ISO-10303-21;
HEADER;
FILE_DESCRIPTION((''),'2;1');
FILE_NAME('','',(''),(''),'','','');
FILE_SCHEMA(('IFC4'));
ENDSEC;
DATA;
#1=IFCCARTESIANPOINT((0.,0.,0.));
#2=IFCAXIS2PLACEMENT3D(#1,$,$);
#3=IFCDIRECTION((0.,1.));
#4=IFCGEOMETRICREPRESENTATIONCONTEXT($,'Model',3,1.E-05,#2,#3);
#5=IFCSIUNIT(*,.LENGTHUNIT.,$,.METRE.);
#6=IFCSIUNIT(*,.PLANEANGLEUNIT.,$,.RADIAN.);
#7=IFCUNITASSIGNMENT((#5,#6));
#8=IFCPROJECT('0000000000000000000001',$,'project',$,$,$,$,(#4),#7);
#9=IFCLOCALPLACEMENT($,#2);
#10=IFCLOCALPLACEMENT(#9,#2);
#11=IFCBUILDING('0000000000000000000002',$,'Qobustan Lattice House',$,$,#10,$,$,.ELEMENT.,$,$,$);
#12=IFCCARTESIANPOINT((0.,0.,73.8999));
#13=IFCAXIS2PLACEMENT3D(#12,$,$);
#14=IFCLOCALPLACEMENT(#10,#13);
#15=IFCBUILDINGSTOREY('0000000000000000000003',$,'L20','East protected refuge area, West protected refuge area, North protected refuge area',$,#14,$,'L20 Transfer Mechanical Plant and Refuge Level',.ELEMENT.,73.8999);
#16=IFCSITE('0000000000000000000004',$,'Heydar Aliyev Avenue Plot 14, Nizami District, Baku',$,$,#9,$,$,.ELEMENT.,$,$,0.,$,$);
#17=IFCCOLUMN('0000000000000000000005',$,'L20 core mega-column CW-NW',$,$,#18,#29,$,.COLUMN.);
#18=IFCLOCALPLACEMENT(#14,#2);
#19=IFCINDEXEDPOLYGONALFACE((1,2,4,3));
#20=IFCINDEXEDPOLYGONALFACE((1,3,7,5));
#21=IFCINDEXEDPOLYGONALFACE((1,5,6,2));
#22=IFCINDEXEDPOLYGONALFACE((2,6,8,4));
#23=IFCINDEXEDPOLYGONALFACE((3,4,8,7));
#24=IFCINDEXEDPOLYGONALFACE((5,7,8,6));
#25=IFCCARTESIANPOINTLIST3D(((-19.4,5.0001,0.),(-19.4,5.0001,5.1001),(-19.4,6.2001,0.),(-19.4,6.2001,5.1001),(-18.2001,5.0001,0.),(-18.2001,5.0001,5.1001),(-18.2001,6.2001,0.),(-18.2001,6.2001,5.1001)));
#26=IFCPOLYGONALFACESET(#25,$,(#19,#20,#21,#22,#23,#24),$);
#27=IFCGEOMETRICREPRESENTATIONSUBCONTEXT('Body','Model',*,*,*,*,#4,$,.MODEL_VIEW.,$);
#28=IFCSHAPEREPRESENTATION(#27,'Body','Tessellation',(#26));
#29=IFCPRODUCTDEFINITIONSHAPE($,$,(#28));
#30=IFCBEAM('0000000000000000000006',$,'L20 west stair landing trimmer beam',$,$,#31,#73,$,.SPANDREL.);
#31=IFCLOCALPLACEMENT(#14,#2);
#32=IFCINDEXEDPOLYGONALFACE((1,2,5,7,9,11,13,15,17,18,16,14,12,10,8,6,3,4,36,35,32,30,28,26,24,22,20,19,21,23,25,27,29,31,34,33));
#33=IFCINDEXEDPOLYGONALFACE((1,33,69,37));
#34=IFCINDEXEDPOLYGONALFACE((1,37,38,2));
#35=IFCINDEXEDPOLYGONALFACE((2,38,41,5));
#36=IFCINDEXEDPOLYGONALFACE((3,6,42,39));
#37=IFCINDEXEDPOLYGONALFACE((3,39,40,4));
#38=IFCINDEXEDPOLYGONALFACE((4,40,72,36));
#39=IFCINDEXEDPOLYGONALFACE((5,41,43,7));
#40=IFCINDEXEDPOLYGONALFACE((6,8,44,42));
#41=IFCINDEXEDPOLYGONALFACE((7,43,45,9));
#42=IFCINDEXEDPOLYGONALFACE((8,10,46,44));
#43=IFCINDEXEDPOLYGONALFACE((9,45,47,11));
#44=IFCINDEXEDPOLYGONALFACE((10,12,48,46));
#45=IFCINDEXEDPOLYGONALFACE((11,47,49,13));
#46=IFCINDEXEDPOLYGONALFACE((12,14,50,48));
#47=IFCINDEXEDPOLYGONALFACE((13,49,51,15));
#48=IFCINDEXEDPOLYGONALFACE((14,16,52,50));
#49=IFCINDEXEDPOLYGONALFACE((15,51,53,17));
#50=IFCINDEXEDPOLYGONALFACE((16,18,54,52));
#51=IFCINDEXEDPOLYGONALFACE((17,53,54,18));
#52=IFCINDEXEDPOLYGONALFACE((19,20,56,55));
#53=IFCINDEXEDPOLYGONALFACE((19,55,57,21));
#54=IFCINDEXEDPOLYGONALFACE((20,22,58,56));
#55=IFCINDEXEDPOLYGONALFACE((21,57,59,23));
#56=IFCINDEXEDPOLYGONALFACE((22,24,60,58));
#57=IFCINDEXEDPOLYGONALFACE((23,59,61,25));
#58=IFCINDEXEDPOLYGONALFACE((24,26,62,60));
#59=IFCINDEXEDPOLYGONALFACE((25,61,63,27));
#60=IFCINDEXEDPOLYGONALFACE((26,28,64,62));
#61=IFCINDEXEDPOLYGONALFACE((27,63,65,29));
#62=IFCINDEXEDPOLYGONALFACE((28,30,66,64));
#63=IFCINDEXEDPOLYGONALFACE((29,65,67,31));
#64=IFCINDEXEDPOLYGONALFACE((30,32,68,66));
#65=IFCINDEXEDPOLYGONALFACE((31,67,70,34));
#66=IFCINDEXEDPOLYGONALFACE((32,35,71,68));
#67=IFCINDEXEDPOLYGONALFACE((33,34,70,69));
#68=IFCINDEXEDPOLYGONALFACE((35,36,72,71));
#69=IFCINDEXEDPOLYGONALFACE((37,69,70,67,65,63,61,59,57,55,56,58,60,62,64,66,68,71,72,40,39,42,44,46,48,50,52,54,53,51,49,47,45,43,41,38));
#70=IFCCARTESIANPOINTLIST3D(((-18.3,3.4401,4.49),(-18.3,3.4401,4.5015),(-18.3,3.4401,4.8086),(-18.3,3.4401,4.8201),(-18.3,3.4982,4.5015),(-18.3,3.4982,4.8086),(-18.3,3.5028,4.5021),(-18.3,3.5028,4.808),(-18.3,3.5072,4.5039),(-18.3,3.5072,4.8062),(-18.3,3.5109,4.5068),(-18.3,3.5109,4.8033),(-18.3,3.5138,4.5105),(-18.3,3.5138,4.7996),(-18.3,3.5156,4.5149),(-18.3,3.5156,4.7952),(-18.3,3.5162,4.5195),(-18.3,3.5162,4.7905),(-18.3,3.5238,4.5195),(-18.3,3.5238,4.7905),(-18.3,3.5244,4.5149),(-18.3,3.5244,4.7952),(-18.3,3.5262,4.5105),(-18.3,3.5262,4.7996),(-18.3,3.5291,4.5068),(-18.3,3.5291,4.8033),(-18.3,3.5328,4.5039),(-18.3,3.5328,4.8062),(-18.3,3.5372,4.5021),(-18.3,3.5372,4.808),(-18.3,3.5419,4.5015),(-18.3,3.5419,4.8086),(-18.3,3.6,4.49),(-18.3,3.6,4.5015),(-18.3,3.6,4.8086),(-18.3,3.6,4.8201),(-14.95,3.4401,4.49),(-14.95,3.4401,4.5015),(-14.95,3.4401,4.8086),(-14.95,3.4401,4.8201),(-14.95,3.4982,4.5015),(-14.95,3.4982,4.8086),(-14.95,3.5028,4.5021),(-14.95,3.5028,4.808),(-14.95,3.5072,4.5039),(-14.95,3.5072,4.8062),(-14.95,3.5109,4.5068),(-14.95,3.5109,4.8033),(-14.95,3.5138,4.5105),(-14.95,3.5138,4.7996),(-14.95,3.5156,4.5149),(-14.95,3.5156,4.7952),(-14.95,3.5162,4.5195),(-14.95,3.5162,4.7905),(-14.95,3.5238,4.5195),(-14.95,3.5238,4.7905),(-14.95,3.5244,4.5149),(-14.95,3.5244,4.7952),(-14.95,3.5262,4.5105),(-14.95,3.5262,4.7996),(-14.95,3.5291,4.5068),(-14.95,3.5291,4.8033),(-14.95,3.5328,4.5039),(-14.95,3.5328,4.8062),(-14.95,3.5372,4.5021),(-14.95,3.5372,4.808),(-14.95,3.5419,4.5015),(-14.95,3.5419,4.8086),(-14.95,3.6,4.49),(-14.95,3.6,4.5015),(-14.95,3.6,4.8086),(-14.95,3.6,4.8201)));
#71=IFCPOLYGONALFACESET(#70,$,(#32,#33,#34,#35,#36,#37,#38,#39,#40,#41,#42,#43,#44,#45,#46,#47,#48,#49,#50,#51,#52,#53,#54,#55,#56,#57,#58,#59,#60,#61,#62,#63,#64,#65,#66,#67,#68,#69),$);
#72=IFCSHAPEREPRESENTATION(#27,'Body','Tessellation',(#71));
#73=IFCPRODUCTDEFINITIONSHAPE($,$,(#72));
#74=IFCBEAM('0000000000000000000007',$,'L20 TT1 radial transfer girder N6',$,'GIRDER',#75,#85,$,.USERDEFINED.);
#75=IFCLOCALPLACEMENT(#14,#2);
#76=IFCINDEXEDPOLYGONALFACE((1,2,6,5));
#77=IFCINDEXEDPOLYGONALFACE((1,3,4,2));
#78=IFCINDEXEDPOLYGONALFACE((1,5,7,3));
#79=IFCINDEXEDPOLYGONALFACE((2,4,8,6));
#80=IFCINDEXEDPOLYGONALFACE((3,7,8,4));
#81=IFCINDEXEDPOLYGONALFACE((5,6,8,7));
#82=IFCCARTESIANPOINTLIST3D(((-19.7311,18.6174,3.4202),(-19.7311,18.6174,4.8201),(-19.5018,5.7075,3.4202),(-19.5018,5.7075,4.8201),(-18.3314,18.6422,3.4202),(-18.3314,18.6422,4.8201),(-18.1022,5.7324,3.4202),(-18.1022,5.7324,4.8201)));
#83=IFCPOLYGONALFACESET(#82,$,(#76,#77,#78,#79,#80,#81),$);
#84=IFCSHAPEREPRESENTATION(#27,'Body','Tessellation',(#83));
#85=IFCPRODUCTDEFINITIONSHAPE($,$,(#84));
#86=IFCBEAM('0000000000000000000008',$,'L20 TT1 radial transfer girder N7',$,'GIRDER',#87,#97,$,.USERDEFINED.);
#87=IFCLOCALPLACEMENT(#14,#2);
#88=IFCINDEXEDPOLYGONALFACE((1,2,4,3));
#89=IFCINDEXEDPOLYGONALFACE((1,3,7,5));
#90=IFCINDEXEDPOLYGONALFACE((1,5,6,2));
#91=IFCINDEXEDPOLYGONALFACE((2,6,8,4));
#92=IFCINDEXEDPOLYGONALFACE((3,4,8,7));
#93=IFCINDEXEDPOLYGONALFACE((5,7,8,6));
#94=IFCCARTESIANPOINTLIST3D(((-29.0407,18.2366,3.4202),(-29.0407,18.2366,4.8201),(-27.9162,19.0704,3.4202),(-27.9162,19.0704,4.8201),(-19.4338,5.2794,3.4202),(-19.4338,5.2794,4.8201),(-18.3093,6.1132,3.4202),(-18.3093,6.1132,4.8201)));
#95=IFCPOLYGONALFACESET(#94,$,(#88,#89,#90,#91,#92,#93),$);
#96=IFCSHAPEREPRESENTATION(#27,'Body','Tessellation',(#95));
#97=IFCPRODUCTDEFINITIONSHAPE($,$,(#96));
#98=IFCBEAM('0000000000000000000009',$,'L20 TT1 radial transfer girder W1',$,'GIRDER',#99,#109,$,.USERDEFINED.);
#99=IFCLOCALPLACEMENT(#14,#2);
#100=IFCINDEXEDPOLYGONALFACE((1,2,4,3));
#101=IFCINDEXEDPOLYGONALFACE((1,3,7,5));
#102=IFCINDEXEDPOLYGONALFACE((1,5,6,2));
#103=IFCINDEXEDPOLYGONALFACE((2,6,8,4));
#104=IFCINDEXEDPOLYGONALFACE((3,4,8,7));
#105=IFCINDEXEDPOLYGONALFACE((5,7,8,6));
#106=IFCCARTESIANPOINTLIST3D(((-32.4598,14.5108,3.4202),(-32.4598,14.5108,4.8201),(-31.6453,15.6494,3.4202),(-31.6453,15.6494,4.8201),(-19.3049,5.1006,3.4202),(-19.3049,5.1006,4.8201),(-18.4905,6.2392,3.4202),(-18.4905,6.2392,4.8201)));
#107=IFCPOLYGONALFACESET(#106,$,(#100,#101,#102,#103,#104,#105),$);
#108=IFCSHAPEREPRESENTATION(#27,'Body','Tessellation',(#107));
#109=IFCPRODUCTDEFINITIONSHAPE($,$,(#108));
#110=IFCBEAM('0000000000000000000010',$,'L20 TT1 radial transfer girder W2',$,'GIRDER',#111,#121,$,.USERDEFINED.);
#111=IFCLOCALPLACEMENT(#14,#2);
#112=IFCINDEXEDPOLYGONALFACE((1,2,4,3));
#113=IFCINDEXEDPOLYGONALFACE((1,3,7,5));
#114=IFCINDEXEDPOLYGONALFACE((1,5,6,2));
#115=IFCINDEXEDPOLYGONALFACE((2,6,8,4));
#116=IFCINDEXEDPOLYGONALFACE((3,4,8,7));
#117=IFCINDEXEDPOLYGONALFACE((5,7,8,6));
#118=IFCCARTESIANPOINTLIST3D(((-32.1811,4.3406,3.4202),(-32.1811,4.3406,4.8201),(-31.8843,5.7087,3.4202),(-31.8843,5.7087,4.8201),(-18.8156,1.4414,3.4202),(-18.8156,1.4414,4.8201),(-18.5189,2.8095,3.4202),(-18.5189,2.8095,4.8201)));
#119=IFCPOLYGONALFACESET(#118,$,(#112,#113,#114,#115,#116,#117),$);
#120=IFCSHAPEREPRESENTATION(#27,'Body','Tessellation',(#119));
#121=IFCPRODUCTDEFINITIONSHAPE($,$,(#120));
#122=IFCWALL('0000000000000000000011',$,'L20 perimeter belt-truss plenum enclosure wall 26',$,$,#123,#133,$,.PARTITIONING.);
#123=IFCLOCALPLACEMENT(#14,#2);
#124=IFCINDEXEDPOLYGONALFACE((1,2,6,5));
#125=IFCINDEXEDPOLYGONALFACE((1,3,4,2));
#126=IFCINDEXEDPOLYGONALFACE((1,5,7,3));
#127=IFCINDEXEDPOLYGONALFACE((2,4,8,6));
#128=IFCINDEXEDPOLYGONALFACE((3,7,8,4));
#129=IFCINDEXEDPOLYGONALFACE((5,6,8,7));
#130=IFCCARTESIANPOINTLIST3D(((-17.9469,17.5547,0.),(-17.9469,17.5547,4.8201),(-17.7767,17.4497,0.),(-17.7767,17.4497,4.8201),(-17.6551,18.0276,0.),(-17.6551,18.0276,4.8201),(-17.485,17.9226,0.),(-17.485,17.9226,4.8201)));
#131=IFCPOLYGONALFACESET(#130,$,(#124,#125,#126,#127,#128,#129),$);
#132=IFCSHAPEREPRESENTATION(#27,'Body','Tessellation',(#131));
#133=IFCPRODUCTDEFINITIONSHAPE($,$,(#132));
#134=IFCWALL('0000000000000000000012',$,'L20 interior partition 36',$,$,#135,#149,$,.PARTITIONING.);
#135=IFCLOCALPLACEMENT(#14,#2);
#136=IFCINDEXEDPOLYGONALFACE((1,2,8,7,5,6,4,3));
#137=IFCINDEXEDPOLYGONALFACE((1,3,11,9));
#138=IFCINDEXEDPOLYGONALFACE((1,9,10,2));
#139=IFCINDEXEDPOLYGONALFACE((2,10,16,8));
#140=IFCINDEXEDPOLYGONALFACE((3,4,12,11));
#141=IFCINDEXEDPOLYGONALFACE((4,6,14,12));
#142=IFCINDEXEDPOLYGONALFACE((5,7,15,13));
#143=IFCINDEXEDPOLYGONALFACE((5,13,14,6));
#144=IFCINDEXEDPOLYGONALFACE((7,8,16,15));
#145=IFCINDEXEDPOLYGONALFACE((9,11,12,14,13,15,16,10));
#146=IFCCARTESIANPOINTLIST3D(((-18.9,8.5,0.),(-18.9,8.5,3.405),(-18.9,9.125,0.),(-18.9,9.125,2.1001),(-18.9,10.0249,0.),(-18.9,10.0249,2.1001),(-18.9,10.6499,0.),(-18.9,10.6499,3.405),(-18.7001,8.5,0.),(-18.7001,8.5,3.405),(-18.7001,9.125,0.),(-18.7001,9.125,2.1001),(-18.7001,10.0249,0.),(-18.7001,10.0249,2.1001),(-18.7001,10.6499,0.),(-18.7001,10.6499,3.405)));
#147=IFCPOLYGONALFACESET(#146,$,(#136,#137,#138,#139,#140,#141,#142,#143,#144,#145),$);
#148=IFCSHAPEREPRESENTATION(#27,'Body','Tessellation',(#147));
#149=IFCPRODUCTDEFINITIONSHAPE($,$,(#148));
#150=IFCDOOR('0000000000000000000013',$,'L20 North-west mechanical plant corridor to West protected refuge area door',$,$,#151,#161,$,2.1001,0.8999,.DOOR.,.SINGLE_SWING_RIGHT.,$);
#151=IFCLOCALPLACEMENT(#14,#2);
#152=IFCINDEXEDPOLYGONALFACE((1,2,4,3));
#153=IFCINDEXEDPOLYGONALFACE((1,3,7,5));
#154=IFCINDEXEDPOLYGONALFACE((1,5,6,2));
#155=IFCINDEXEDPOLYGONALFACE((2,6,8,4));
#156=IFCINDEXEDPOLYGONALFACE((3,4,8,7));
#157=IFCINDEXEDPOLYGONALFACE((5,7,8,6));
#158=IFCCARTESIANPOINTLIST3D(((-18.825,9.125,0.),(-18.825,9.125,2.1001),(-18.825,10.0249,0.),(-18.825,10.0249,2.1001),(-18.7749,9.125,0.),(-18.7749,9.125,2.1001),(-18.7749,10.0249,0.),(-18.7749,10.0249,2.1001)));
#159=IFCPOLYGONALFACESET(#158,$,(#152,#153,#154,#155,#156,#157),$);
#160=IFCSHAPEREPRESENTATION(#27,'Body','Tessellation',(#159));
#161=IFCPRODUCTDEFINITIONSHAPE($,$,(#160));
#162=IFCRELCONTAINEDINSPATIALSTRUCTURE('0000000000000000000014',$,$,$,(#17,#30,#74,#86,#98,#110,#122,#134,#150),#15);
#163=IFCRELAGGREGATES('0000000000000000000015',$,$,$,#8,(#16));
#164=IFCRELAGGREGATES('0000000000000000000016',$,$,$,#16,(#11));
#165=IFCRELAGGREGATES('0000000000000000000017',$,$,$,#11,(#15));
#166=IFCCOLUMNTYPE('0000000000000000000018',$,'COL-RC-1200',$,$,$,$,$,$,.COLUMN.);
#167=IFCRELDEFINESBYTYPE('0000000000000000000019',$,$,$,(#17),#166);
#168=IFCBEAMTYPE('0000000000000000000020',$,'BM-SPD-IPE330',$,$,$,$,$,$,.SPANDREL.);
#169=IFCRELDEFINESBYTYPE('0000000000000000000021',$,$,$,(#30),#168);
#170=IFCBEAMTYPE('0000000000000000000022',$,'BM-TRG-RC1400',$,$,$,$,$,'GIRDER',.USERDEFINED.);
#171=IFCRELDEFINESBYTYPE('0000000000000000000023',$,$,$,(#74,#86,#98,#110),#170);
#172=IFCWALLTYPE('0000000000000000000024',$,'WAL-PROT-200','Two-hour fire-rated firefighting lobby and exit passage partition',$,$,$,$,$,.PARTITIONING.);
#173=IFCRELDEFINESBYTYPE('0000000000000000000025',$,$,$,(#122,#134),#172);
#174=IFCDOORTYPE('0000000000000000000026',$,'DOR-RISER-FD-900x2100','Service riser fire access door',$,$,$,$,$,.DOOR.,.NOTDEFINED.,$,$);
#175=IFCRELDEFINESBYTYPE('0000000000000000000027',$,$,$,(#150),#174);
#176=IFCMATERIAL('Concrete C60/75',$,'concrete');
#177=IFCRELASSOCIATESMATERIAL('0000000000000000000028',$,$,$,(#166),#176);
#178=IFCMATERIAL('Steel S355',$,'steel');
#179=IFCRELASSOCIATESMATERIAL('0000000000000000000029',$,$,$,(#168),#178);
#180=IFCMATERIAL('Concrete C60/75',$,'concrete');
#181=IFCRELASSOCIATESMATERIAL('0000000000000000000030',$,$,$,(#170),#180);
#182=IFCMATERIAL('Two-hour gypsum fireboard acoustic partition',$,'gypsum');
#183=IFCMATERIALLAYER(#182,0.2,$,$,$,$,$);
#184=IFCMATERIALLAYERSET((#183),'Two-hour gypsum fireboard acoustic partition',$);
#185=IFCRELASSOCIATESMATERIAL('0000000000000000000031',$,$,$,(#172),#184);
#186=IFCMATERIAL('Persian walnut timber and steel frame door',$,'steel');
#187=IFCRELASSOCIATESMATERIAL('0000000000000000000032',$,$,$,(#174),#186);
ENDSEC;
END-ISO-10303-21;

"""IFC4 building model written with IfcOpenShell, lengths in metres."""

from ifc_helpers import new_model, si_unit, direction, frame, frame_2d, origin, origin_2d, place, context, subcontext, project, spatial, rectangle, i_section, extrude, material, layer, layer_set, material_profile, profile_set, type_object, element, fill, save


model = new_model("IFC4")

# Units and contexts
model_context = context("Model", 3, precision=1e-05, world=origin(), true_north=direction((0.0, 1.0)))
body_context = subcontext(model_context, "Body", "Model", "MODEL_VIEW")
ifc_project = project(units=[si_unit("LENGTHUNIT", "METRE"), si_unit("PLANEANGLEUNIT", "RADIAN")], contexts=[model_context])

# Site, building, storey
site_placement = place(None, origin())
site = spatial("IfcSite", under=ifc_project, at=site_placement, Name="Heydar Aliyev Avenue Plot 14, Nizami District, Baku", CompositionType="ELEMENT", RefElevation=0.0)
building_placement = place(site_placement, origin())
building = spatial("IfcBuilding", under=site, at=building_placement, Name="Qobustan Lattice House", CompositionType="ELEMENT")
storey_placement = place(building_placement, frame((0.0, 0.0, 73.8999)))
storey = spatial("IfcBuildingStorey", under=building, at=storey_placement, Name="L20", Description="East protected refuge area, West protected refuge area, North protected refuge area", LongName="L20 Transfer Mechanical Plant and Refuge Level", CompositionType="ELEMENT", Elevation=73.8999)

# Column
ifc_material_1 = material(Name="Concrete C60/75", Category="concrete")
ifc_material_profile_1 = material_profile(ifc_material_1, rectangle(XDim=1.2, YDim=1.2, at=origin_2d()), Name="RC1200x1200")
ifc_profile_set_1 = profile_set([ifc_material_profile_1], Name="Concrete C60/75")
column_type = type_object("IfcColumnType", Name="COL-RC-1200", PredefinedType="COLUMN", material=ifc_profile_set_1)
column_placement = place(storey_placement, frame((-18.8, 5.6001, 0.0), z_axis=(0.0, 0.0, 1.0), x_axis=(1.0, 0.0, 0.0)))
element("IfcColumn", 1, at=column_placement, inside=storey, type_object=column_type, Name="L20 core mega-column CW-NW", PredefinedType="COLUMN", context=body_context, shape_type="SweptSolid", body=[
    extrude(rectangle(XDim=1.2, YDim=1.2, at=origin_2d()), origin(), (0.0, 0.0, 1.0), 5.1001),
])

# Beams
ifc_material_2 = material(Name="Steel S355", Category="steel")
ifc_material_profile_2 = material_profile(ifc_material_2, i_section(OverallWidth=0.1599, OverallDepth=0.3301, WebThickness=0.0076, FlangeThickness=0.0115, FilletRadius=0.0181, at=origin_2d()), Name="IPE330")
ifc_profile_set_2 = profile_set([ifc_material_profile_2], Name="Steel S355")
beam_type_1 = type_object("IfcBeamType", Name="BM-SPD-IPE330", PredefinedType="SPANDREL", material=ifc_profile_set_2)
beam_1_placement = place(storey_placement, frame((-18.3, 3.52, 4.655), z_axis=(1.0, 0.0, 0.0), x_axis=(0.0, 1.0, 0.0)))
element("IfcBeam", 2, at=beam_1_placement, inside=storey, type_object=beam_type_1, Name="L20 west stair landing trimmer beam", PredefinedType="SPANDREL", context=body_context, shape_type="SweptSolid", body=[
    extrude(i_section(OverallWidth=0.1599, OverallDepth=0.3301, WebThickness=0.0076, FlangeThickness=0.0115, FilletRadius=0.0181, at=origin_2d()), origin(), (0.0, 0.0, 1.0), 3.3501),
])
ifc_material_3 = material(Name="Concrete C60/75", Category="concrete")
ifc_material_profile_3 = material_profile(ifc_material_3, rectangle(XDim=1.3999, YDim=1.3999, at=origin_2d()), Name="RC1400x1400")
ifc_profile_set_3 = profile_set([ifc_material_profile_3], Name="Concrete C60/75")
beam_type_2 = type_object("IfcBeamType", Name="BM-TRG-RC1400", ElementType="GIRDER", PredefinedType="USERDEFINED", material=ifc_profile_set_3)
beam_2_placement = place(storey_placement, frame((-18.802, 5.72, 4.1201), z_axis=(-0.017755, 0.999842, 0.0), x_axis=(-0.999842, -0.017755, 0.0)))
element("IfcBeam", 3, at=beam_2_placement, inside=storey, type_object=beam_type_2, Name="L20 TT1 radial transfer girder N6", ObjectType="GIRDER", PredefinedType="USERDEFINED", context=body_context, shape_type="SweptSolid", body=[
    extrude(rectangle(XDim=1.3999, YDim=1.3999, at=origin_2d()), origin(), (0.0, 0.0, 1.0), 12.9119),
])
beam_3_placement = place(storey_placement, frame((-18.8716, 5.6963, 4.1201), z_axis=(-0.595586, 0.803292, 0.0), x_axis=(-0.803292, -0.595586, 0.0)))
element("IfcBeam", 4, at=beam_3_placement, inside=storey, type_object=beam_type_2, Name="L20 TT1 radial transfer girder N7", ObjectType="GIRDER", PredefinedType="USERDEFINED", context=body_context, shape_type="SweptSolid", body=[
    extrude(rectangle(XDim=1.3999, YDim=1.3999, at=origin_2d()), origin(), (0.0, 0.0, 1.0), 16.1301),
])
beam_4_placement = place(storey_placement, frame((-18.8977, 5.6699, 4.1201), z_axis=(-0.813327, 0.581806, 0.0), x_axis=(-0.581806, -0.813327, 0.0)))
element("IfcBeam", 5, at=beam_4_placement, inside=storey, type_object=beam_type_2, Name="L20 TT1 radial transfer girder W1", ObjectType="GIRDER", PredefinedType="USERDEFINED", context=body_context, shape_type="SweptSolid", body=[
    extrude(rectangle(XDim=1.3999, YDim=1.3999, at=origin_2d()), origin(), (0.0, 0.0, 1.0), 16.1741),
])
beam_5_placement = place(storey_placement, frame((-18.6672, 2.1255, 4.1201), z_axis=(-0.977273, 0.211985, 0.0), x_axis=(-0.211985, -0.977273, 0.0)))
element("IfcBeam", 6, at=beam_5_placement, inside=storey, type_object=beam_type_2, Name="L20 TT1 radial transfer girder W2", ObjectType="GIRDER", PredefinedType="USERDEFINED", context=body_context, shape_type="SweptSolid", body=[
    extrude(rectangle(XDim=1.3999, YDim=1.3999, at=origin_2d()), origin(), (0.0, 0.0, 1.0), 13.6763),
])

# Wall
ifc_material_4 = material(Name="Two-hour gypsum fireboard acoustic partition", Category="gypsum")
ifc_layer_1 = layer(ifc_material_4, 0.2)
ifc_layer_set_1 = layer_set([ifc_layer_1], Name="Two-hour gypsum fireboard acoustic partition")
wall_type_1 = type_object("IfcWallType", Name="WAL-PROT-200", Description="Two-hour fire-rated firefighting lobby and exit passage partition", PredefinedType="PARTITIONING", material=ifc_layer_set_1)
wall_1_placement = place(storey_placement, frame((-17.8618, 17.5022, 0.0), z_axis=(0.0, 0.0, 1.0), x_axis=(0.525053, 0.851069, 0.0)))
element("IfcWall", 7, at=wall_1_placement, inside=storey, type_object=wall_type_1, Name="L20 perimeter belt-truss plenum enclosure wall 26", PredefinedType="PARTITIONING", context=body_context, shape_type="SweptSolid", body=[
    extrude(rectangle(XDim=0.5557, YDim=0.2, at=frame_2d((0.2778, 0.0))), origin(), (0.0, 0.0, 1.0), 4.8201),
])

# Wall, opening, door
wall_2_placement = place(storey_placement, frame((-18.8, 8.5, 0.0), z_axis=(0.0, 0.0, 1.0), x_axis=(0.0, 1.0, 0.0)))
wall_2 = element("IfcWall", 8, at=wall_2_placement, inside=storey, type_object=wall_type_1, Name="L20 interior partition 36", PredefinedType="PARTITIONING", context=body_context, shape_type="SweptSolid", body=[
    extrude(rectangle(XDim=2.1499, YDim=0.2, at=frame_2d((1.075, 0.0))), origin(), (0.0, 0.0, 1.0), 3.405),
])
opening_1_placement = place(wall_2_placement, frame((0.625, 0.0, 0.0)))
opening_1 = element("IfcOpeningElement", 9, at=opening_1_placement, cuts=wall_2, PredefinedType="OPENING", context=body_context, shape_type="SweptSolid", body=[
    extrude(rectangle(XDim=0.8999, YDim=2.1001, at=frame_2d((0.45, 1.05))), frame((0.0, 0.1099, 0.0), z_axis=(0.0, -1.0, 0.0), x_axis=(1.0, 0.0, 0.0)), (0.0, 0.0, 1.0), 0.22),
])
ifc_material_5 = material(Name="Persian walnut timber and steel frame door", Category="steel")
door_type_1 = type_object("IfcDoorType", Name="DOR-RISER-FD-900x2100", Description="Service riser fire access door", OperationType="NOTDEFINED", PredefinedType="DOOR", material=ifc_material_5)
door_1_placement = place(opening_1_placement, origin())
door_1 = element("IfcDoor", 10, at=door_1_placement, inside=storey, type_object=door_type_1, Name="L20 North-west mechanical plant corridor to West protected refuge area door", OperationType="SINGLE_SWING_RIGHT", OverallHeight=2.1001, OverallWidth=0.8999, PredefinedType="DOOR", context=body_context, shape_type="SweptSolid", body=[
    extrude(rectangle(XDim=0.8999, YDim=2.1001, at=frame_2d((0.45, 1.05))), frame((0.0, 0.0249, 0.0), z_axis=(0.0, -1.0, 0.0), x_axis=(1.0, 0.0, 0.0)), (0.0, 0.0, 1.0), 0.05),
])
fill(opening_1, door_1)

save(model, "model.ifc")
